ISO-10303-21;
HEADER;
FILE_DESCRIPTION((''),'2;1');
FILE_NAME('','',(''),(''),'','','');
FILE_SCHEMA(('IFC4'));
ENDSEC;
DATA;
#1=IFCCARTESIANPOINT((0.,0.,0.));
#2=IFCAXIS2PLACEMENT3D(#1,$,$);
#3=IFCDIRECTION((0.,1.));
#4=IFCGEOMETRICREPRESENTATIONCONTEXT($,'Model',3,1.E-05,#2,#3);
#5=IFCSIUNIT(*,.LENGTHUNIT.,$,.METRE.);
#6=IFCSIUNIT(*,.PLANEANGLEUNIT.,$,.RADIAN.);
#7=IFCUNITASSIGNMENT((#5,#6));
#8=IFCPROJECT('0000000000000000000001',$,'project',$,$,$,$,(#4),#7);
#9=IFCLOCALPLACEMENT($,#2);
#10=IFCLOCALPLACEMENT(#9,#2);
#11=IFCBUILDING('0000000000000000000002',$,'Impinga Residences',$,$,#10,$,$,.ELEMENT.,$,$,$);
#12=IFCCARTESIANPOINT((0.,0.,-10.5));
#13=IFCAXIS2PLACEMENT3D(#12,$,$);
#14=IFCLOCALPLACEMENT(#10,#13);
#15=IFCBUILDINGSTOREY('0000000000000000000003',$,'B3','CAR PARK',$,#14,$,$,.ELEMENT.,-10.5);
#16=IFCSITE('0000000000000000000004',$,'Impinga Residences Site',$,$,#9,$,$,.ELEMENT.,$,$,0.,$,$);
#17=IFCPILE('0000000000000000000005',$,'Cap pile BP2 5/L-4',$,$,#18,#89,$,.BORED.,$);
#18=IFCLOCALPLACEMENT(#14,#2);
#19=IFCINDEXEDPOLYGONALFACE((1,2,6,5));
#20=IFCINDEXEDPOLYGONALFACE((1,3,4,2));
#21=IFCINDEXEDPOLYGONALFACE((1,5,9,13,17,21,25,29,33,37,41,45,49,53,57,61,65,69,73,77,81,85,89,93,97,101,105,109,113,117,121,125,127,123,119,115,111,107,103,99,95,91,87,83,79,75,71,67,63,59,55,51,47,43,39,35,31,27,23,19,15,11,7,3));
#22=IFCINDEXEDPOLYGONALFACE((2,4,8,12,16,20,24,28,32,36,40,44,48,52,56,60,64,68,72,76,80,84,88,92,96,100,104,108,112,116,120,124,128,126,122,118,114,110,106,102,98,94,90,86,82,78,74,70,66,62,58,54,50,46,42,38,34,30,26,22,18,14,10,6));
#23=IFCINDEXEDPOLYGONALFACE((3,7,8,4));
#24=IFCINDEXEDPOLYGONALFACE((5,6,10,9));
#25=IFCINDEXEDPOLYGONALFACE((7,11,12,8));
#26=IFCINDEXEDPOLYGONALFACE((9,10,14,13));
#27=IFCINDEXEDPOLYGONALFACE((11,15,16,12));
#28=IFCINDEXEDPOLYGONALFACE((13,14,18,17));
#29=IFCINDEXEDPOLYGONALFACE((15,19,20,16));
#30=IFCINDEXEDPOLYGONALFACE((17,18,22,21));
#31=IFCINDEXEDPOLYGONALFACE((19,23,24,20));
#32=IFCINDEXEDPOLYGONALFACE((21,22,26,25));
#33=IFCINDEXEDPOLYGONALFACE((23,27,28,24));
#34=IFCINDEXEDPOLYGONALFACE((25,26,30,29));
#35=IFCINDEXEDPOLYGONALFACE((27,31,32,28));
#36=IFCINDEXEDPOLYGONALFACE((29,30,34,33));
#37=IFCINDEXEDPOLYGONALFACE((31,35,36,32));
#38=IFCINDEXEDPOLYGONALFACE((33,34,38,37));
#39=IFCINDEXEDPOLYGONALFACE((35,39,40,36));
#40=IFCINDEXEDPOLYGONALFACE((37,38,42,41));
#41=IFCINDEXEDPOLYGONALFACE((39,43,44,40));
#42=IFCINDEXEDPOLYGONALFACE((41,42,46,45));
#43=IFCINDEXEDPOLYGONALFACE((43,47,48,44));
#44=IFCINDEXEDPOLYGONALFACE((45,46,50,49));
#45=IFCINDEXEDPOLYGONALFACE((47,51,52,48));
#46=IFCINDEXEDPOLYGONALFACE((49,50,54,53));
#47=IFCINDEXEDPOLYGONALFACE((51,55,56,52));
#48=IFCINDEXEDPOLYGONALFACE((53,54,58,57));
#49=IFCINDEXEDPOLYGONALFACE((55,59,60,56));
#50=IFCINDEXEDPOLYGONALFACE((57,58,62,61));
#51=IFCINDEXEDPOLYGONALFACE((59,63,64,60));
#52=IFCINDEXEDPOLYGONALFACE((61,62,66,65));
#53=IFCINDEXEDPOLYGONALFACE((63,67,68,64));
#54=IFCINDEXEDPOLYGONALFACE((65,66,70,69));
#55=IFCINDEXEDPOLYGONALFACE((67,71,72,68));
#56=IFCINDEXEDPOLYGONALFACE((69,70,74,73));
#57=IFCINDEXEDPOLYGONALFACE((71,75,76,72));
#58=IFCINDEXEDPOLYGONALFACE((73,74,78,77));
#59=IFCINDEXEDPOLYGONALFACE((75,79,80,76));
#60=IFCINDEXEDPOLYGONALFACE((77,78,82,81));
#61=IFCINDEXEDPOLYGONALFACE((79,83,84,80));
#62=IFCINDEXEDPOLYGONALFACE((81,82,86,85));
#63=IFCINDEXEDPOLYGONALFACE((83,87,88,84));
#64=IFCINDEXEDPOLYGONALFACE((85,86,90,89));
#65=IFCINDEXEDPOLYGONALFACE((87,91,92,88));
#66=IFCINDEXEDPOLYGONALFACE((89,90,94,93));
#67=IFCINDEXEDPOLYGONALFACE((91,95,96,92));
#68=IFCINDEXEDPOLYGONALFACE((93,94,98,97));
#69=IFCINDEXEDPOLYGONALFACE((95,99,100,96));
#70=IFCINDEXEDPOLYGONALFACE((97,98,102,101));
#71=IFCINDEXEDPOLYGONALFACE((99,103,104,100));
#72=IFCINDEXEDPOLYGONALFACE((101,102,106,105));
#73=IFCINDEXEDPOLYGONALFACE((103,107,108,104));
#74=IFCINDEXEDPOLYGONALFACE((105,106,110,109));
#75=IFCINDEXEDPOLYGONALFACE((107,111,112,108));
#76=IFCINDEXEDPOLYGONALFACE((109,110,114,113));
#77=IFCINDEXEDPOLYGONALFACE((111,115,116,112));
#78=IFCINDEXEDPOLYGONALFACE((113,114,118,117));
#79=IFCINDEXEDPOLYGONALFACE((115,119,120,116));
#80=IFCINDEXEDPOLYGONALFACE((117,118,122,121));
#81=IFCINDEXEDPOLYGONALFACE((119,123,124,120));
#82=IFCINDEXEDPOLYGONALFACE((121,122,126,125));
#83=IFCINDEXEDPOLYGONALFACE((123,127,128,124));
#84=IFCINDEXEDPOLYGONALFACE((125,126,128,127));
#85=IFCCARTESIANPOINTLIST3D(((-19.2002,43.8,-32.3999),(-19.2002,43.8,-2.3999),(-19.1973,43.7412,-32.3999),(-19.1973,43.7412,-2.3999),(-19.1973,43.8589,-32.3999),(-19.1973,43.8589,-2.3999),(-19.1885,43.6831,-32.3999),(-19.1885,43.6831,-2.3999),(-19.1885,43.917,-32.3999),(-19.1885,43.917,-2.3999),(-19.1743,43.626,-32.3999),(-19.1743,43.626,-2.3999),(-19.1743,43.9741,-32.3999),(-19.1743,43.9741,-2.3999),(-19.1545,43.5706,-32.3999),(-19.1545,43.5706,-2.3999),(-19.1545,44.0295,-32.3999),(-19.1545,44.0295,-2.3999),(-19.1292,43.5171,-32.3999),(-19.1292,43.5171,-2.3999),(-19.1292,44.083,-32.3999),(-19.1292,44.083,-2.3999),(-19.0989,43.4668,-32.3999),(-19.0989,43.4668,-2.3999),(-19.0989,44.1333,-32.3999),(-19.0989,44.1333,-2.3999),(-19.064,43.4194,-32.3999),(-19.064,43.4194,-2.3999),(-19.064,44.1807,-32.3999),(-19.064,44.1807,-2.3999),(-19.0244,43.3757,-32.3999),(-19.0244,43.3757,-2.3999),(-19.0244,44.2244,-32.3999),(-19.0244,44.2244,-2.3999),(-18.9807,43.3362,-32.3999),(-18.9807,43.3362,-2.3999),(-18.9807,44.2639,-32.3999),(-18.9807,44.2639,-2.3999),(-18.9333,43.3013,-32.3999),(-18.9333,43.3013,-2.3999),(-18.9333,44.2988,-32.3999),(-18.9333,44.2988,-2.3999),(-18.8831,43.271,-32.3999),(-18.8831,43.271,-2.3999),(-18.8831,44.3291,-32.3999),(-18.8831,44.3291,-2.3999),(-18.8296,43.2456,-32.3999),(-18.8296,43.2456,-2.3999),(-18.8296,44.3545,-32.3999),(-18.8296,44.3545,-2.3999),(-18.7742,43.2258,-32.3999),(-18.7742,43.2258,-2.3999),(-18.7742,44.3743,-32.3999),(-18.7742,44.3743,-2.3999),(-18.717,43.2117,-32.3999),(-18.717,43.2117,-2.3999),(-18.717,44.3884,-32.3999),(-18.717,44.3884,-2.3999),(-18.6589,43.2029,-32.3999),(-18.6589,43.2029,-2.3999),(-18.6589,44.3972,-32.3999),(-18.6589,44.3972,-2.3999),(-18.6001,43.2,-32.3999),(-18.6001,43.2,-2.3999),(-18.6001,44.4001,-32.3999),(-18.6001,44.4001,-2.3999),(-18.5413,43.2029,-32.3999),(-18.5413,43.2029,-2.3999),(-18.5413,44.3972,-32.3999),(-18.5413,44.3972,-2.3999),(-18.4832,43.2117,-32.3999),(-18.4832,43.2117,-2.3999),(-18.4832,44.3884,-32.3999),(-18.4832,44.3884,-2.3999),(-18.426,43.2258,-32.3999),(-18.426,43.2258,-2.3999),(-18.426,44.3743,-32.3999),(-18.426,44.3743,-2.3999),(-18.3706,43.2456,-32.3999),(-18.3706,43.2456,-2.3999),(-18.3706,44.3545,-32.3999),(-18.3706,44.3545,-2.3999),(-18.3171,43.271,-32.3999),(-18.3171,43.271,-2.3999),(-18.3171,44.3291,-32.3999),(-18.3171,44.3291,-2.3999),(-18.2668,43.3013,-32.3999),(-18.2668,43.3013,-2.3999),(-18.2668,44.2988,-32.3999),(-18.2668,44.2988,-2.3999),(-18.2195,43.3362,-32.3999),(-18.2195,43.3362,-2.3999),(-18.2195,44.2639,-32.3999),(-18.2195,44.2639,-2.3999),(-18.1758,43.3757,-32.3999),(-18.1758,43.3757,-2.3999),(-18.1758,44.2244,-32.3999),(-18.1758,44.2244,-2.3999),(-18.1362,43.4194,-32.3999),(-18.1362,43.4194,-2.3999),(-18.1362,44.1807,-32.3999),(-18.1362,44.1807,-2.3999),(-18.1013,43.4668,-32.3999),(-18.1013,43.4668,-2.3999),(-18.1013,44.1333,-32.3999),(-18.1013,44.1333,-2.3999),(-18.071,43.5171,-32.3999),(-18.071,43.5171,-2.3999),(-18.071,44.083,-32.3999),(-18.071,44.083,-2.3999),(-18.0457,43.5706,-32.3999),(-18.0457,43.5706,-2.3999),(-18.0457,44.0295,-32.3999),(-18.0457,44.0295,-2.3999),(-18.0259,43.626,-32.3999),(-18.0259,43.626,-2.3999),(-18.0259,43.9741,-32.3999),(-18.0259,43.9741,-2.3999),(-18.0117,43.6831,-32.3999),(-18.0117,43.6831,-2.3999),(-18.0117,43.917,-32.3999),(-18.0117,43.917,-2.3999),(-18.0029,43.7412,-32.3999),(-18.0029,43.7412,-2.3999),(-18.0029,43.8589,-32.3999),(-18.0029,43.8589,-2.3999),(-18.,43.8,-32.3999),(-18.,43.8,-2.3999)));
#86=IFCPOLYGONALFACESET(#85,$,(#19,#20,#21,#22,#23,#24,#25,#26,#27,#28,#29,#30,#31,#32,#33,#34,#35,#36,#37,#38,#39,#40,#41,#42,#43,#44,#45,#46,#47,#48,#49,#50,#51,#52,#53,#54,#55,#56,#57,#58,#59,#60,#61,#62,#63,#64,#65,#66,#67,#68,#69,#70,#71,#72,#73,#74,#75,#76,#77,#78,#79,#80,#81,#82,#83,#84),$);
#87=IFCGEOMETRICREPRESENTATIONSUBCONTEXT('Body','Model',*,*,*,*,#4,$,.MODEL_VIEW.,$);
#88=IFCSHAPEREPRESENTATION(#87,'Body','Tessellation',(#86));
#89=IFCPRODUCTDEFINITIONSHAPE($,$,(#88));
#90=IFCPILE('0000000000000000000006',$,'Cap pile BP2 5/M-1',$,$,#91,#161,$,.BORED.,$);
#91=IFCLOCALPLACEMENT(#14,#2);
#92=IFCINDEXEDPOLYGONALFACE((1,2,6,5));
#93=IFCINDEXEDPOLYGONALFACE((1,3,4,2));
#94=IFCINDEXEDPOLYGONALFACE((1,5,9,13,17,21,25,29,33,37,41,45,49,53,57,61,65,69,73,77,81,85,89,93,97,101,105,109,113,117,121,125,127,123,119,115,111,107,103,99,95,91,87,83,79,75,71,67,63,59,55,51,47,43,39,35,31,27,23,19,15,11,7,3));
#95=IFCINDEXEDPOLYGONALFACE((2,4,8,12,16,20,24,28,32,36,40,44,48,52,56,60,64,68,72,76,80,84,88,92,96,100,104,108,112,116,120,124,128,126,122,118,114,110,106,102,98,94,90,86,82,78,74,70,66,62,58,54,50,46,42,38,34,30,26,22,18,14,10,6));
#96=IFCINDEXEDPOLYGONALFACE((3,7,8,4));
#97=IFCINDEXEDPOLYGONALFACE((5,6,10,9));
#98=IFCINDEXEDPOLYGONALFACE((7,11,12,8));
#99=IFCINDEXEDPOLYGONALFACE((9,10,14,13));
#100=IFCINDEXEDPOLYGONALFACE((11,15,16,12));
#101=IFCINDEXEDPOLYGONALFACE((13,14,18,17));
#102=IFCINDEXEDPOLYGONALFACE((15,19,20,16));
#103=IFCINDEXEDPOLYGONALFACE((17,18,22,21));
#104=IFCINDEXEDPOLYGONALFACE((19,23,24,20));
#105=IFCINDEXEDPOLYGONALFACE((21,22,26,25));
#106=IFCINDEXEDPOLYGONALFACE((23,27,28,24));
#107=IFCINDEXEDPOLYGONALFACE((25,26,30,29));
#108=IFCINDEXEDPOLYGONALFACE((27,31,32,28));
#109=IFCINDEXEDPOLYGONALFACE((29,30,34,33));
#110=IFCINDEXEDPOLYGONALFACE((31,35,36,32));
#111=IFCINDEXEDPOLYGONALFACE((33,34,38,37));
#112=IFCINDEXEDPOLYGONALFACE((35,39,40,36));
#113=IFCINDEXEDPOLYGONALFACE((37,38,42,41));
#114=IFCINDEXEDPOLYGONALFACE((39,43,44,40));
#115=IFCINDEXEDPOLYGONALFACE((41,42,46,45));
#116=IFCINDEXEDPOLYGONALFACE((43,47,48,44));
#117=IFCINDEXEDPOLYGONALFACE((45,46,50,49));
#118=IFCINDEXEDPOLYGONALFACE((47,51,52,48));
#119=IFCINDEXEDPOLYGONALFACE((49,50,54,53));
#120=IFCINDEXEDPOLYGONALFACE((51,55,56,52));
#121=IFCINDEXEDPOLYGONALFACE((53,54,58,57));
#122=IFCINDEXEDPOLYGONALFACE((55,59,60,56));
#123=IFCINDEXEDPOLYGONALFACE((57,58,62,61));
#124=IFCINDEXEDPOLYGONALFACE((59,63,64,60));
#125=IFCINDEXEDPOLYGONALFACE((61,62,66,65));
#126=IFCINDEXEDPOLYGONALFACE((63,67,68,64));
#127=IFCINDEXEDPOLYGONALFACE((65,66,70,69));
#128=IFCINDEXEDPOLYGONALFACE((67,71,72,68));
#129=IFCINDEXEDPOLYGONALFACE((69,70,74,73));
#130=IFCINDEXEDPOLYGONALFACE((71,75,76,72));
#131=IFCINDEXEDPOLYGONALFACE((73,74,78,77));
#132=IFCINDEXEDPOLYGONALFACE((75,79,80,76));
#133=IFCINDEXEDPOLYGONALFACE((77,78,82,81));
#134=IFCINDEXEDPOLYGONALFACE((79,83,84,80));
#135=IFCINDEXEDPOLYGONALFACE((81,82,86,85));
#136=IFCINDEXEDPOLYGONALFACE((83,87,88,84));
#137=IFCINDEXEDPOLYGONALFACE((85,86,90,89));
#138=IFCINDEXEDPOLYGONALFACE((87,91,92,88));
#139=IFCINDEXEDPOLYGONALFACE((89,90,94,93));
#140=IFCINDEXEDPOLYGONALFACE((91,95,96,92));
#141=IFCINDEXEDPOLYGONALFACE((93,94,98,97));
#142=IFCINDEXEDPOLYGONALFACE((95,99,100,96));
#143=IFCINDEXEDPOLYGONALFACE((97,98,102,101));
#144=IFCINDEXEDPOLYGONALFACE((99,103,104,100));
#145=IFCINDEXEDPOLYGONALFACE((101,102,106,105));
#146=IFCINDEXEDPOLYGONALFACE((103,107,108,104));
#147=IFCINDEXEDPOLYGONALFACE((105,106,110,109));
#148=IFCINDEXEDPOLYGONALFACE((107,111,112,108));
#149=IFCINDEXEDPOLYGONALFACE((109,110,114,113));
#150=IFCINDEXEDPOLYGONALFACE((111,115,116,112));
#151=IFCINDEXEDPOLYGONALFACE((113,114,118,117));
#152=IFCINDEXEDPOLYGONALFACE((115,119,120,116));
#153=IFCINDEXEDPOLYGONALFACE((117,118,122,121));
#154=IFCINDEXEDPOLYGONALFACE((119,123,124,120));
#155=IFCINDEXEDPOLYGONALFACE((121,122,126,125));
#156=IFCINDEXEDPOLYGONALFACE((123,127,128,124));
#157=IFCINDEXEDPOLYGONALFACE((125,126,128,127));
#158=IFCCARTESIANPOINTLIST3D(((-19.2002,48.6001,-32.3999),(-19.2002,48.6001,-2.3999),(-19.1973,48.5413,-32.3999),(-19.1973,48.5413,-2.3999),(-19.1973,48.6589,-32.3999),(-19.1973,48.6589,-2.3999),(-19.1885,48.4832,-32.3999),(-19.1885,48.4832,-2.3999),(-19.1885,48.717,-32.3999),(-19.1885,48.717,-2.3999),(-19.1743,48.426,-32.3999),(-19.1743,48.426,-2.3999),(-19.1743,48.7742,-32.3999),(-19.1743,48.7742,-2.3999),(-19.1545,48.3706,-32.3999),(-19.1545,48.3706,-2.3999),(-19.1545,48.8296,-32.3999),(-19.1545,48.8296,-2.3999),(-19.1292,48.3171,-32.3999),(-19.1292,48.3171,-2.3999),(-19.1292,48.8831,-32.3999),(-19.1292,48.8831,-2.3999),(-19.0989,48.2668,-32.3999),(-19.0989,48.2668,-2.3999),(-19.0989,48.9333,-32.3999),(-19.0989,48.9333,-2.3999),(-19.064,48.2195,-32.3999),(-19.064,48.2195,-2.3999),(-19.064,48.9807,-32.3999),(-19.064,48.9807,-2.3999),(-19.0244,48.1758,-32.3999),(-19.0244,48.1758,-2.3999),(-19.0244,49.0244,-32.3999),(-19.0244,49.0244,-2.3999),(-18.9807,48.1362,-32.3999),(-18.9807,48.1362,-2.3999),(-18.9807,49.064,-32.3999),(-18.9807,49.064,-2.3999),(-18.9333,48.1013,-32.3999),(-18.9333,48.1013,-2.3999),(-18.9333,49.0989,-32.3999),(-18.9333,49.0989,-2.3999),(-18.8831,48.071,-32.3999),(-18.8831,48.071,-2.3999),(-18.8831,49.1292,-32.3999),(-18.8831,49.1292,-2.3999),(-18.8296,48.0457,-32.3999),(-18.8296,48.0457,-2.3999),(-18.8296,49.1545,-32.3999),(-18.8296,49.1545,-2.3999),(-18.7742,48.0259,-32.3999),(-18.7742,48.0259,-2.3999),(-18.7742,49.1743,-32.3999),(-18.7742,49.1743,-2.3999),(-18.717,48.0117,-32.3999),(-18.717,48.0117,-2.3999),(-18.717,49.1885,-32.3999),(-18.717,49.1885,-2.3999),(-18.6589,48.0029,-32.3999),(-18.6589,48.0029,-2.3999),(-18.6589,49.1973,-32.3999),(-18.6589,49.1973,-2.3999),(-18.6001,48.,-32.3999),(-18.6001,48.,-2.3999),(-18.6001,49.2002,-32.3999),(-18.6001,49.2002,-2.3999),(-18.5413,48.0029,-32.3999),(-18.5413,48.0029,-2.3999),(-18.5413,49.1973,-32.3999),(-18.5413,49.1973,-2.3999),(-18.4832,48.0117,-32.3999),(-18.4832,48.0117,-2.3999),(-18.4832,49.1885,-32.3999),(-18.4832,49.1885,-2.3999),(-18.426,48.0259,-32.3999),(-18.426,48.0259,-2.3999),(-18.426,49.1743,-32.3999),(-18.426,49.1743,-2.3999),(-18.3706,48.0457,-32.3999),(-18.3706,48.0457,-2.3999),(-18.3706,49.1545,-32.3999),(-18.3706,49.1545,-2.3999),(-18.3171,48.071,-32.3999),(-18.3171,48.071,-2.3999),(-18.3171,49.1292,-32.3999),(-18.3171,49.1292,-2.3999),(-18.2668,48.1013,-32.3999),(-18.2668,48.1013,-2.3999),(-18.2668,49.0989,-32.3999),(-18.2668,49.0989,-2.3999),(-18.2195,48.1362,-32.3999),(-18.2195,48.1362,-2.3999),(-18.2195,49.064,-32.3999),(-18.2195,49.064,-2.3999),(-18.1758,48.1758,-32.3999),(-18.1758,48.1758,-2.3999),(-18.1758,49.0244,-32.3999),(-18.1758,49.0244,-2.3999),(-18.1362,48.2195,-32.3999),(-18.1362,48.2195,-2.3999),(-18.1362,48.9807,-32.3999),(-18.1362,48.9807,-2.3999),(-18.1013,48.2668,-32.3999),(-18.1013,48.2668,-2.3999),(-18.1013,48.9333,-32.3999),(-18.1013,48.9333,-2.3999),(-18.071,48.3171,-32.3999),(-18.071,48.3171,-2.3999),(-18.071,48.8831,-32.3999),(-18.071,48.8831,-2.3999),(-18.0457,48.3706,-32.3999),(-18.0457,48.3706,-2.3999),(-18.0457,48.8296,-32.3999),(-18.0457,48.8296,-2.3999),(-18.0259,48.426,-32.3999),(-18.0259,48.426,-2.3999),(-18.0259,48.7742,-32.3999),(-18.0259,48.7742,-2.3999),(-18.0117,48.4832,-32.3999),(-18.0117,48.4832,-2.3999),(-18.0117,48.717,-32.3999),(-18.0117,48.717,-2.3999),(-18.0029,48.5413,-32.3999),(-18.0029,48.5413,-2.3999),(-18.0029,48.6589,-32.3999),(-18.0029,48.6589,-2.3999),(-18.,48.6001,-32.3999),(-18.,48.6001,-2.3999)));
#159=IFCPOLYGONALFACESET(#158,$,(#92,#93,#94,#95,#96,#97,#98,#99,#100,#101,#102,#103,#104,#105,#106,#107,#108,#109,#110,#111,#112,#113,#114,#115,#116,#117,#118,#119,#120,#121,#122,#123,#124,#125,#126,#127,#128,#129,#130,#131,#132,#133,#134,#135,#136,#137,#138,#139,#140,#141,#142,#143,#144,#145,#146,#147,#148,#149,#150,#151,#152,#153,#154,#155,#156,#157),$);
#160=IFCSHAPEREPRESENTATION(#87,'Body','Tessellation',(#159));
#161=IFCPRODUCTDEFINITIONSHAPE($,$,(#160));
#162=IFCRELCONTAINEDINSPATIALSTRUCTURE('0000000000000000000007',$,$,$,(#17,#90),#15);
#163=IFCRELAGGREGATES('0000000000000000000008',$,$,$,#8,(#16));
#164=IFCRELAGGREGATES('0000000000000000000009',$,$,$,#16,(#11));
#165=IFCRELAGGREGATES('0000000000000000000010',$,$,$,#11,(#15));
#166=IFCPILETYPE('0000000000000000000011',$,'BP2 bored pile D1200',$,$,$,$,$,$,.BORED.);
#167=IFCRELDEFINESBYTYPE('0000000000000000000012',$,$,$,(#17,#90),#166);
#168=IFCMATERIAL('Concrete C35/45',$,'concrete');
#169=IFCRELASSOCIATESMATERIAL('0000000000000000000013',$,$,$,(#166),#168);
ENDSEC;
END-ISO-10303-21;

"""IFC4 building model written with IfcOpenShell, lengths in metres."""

from ifc_helpers import new_model, si_unit, direction, frame, origin, origin_2d, place, context, subcontext, project, spatial, polyline, circle, outline, extrude, material, material_profile, profile_set, type_object, element, save


model = new_model("IFC4")

# Units and contexts
model_context = context("Model", 3, precision=1e-05, world=origin(), true_north=direction((0.0, 1.0)))
body_context = subcontext(model_context, "Body", "Model", "MODEL_VIEW")
ifc_project = project(units=[si_unit("LENGTHUNIT", "METRE"), si_unit("PLANEANGLEUNIT", "RADIAN")], contexts=[model_context])

# Site, building, storey
site_placement = place(None, origin())
site = spatial("IfcSite", under=ifc_project, at=site_placement, Name="Impinga Residences Site", CompositionType="ELEMENT", RefElevation=0.0)
building_placement = place(site_placement, origin())
building = spatial("IfcBuilding", under=site, at=building_placement, Name="Impinga Residences", CompositionType="ELEMENT")
storey_placement = place(building_placement, frame((0.0, 0.0, -10.5)))
storey = spatial("IfcBuildingStorey", under=building, at=storey_placement, Name="B3", Description="CAR PARK", CompositionType="ELEMENT", Elevation=-10.5)

# Piles
ifc_material_1 = material(Name="Concrete C35/45", Category="concrete")
ifc_material_profile_1 = material_profile(ifc_material_1, circle(Radius=0.6001, at=origin_2d()), Name="D1200")
ifc_profile_set_1 = profile_set([ifc_material_profile_1], Name="Concrete C35/45")
pile_type_1 = type_object("IfcPileType", Name="BP2 bored pile D1200", PredefinedType="BORED", material=ifc_profile_set_1)
pile_1_placement = place(storey_placement, frame((-18.6001, 43.8, -2.3999), z_axis=(0.0, 0.0, -1.0), x_axis=(1.0, 0.0, 0.0)))
element("IfcPile", 1, at=pile_1_placement, inside=storey, type_object=pile_type_1, Name="Cap pile BP2 5/L-4", PredefinedType="BORED", context=body_context, shape_type="SweptSolid", body=[
    extrude(outline(polyline([(0.6001, 0.0), (0.5972, 0.0588), (0.5884, 0.1169), (0.5742, 0.1741), (0.5544, 0.2295), (0.5291, 0.283), (0.4988, 0.3333), (0.4639, 0.3806), (0.4243, 0.4243), (0.3806, 0.4639), (0.3333, 0.4988), (0.283, 0.5291), (0.2295, 0.5544), (0.1741, 0.5742), (0.1169, 0.5884), (0.0588, 0.5972), (0.0, 0.6001), (-0.0588, 0.5972), (-0.1169, 0.5884), (-0.1741, 0.5742), (-0.2295, 0.5544), (-0.283, 0.5291), (-0.3333, 0.4988), (-0.3806, 0.4639), (-0.4243, 0.4243), (-0.4639, 0.3806), (-0.4988, 0.3333), (-0.5291, 0.283), (-0.5544, 0.2295), (-0.5742, 0.1741), (-0.5884, 0.1169), (-0.5972, 0.0588), (-0.6001, 0.0), (-0.5972, -0.0588), (-0.5884, -0.1169), (-0.5742, -0.1741), (-0.5544, -0.2295), (-0.5291, -0.283), (-0.4988, -0.3333), (-0.4639, -0.3806), (-0.4243, -0.4243), (-0.3806, -0.4639), (-0.3333, -0.4988), (-0.283, -0.5291), (-0.2295, -0.5544), (-0.1741, -0.5742), (-0.1169, -0.5884), (-0.0588, -0.5972), (0.0, -0.6001), (0.0588, -0.5972), (0.1169, -0.5884), (0.1741, -0.5742), (0.2295, -0.5544), (0.283, -0.5291), (0.3333, -0.4988), (0.3806, -0.4639), (0.4243, -0.4243), (0.4639, -0.3806), (0.4988, -0.3333), (0.5291, -0.283), (0.5544, -0.2295), (0.5742, -0.1741), (0.5884, -0.1169), (0.5972, -0.0588), (0.6001, 0.0)])), origin(), (0.0, 0.0, 1.0), 30.0),
])
pile_2_placement = place(storey_placement, frame((-18.6001, 48.6001, -2.3999), z_axis=(0.0, 0.0, -1.0), x_axis=(1.0, 0.0, 0.0)))
element("IfcPile", 2, at=pile_2_placement, inside=storey, type_object=pile_type_1, Name="Cap pile BP2 5/M-1", PredefinedType="BORED", context=body_context, shape_type="SweptSolid", body=[
    extrude(outline(polyline([(0.6001, 0.0), (0.5972, 0.0588), (0.5884, 0.1169), (0.5742, 0.1741), (0.5544, 0.2295), (0.5291, 0.283), (0.4988, 0.3333), (0.4639, 0.3806), (0.4243, 0.4243), (0.3806, 0.4639), (0.3333, 0.4988), (0.283, 0.5291), (0.2295, 0.5544), (0.1741, 0.5742), (0.1169, 0.5884), (0.0588, 0.5972), (0.0, 0.6001), (-0.0588, 0.5972), (-0.1169, 0.5884), (-0.1741, 0.5742), (-0.2295, 0.5544), (-0.283, 0.5291), (-0.3333, 0.4988), (-0.3806, 0.4639), (-0.4243, 0.4243), (-0.4639, 0.3806), (-0.4988, 0.3333), (-0.5291, 0.283), (-0.5544, 0.2295), (-0.5742, 0.1741), (-0.5884, 0.1169), (-0.5972, 0.0588), (-0.6001, 0.0), (-0.5972, -0.0588), (-0.5884, -0.1169), (-0.5742, -0.1741), (-0.5544, -0.2295), (-0.5291, -0.283), (-0.4988, -0.3333), (-0.4639, -0.3806), (-0.4243, -0.4243), (-0.3806, -0.4639), (-0.3333, -0.4988), (-0.283, -0.5291), (-0.2295, -0.5544), (-0.1741, -0.5742), (-0.1169, -0.5884), (-0.0588, -0.5972), (0.0, -0.6001), (0.0588, -0.5972), (0.1169, -0.5884), (0.1741, -0.5742), (0.2295, -0.5544), (0.283, -0.5291), (0.3333, -0.4988), (0.3806, -0.4639), (0.4243, -0.4243), (0.4639, -0.3806), (0.4988, -0.3333), (0.5291, -0.283), (0.5544, -0.2295), (0.5742, -0.1741), (0.5884, -0.1169), (0.5972, -0.0588), (0.6001, 0.0)])), origin(), (0.0, 0.0, 1.0), 30.0),
])

save(model, "model.ifc")
